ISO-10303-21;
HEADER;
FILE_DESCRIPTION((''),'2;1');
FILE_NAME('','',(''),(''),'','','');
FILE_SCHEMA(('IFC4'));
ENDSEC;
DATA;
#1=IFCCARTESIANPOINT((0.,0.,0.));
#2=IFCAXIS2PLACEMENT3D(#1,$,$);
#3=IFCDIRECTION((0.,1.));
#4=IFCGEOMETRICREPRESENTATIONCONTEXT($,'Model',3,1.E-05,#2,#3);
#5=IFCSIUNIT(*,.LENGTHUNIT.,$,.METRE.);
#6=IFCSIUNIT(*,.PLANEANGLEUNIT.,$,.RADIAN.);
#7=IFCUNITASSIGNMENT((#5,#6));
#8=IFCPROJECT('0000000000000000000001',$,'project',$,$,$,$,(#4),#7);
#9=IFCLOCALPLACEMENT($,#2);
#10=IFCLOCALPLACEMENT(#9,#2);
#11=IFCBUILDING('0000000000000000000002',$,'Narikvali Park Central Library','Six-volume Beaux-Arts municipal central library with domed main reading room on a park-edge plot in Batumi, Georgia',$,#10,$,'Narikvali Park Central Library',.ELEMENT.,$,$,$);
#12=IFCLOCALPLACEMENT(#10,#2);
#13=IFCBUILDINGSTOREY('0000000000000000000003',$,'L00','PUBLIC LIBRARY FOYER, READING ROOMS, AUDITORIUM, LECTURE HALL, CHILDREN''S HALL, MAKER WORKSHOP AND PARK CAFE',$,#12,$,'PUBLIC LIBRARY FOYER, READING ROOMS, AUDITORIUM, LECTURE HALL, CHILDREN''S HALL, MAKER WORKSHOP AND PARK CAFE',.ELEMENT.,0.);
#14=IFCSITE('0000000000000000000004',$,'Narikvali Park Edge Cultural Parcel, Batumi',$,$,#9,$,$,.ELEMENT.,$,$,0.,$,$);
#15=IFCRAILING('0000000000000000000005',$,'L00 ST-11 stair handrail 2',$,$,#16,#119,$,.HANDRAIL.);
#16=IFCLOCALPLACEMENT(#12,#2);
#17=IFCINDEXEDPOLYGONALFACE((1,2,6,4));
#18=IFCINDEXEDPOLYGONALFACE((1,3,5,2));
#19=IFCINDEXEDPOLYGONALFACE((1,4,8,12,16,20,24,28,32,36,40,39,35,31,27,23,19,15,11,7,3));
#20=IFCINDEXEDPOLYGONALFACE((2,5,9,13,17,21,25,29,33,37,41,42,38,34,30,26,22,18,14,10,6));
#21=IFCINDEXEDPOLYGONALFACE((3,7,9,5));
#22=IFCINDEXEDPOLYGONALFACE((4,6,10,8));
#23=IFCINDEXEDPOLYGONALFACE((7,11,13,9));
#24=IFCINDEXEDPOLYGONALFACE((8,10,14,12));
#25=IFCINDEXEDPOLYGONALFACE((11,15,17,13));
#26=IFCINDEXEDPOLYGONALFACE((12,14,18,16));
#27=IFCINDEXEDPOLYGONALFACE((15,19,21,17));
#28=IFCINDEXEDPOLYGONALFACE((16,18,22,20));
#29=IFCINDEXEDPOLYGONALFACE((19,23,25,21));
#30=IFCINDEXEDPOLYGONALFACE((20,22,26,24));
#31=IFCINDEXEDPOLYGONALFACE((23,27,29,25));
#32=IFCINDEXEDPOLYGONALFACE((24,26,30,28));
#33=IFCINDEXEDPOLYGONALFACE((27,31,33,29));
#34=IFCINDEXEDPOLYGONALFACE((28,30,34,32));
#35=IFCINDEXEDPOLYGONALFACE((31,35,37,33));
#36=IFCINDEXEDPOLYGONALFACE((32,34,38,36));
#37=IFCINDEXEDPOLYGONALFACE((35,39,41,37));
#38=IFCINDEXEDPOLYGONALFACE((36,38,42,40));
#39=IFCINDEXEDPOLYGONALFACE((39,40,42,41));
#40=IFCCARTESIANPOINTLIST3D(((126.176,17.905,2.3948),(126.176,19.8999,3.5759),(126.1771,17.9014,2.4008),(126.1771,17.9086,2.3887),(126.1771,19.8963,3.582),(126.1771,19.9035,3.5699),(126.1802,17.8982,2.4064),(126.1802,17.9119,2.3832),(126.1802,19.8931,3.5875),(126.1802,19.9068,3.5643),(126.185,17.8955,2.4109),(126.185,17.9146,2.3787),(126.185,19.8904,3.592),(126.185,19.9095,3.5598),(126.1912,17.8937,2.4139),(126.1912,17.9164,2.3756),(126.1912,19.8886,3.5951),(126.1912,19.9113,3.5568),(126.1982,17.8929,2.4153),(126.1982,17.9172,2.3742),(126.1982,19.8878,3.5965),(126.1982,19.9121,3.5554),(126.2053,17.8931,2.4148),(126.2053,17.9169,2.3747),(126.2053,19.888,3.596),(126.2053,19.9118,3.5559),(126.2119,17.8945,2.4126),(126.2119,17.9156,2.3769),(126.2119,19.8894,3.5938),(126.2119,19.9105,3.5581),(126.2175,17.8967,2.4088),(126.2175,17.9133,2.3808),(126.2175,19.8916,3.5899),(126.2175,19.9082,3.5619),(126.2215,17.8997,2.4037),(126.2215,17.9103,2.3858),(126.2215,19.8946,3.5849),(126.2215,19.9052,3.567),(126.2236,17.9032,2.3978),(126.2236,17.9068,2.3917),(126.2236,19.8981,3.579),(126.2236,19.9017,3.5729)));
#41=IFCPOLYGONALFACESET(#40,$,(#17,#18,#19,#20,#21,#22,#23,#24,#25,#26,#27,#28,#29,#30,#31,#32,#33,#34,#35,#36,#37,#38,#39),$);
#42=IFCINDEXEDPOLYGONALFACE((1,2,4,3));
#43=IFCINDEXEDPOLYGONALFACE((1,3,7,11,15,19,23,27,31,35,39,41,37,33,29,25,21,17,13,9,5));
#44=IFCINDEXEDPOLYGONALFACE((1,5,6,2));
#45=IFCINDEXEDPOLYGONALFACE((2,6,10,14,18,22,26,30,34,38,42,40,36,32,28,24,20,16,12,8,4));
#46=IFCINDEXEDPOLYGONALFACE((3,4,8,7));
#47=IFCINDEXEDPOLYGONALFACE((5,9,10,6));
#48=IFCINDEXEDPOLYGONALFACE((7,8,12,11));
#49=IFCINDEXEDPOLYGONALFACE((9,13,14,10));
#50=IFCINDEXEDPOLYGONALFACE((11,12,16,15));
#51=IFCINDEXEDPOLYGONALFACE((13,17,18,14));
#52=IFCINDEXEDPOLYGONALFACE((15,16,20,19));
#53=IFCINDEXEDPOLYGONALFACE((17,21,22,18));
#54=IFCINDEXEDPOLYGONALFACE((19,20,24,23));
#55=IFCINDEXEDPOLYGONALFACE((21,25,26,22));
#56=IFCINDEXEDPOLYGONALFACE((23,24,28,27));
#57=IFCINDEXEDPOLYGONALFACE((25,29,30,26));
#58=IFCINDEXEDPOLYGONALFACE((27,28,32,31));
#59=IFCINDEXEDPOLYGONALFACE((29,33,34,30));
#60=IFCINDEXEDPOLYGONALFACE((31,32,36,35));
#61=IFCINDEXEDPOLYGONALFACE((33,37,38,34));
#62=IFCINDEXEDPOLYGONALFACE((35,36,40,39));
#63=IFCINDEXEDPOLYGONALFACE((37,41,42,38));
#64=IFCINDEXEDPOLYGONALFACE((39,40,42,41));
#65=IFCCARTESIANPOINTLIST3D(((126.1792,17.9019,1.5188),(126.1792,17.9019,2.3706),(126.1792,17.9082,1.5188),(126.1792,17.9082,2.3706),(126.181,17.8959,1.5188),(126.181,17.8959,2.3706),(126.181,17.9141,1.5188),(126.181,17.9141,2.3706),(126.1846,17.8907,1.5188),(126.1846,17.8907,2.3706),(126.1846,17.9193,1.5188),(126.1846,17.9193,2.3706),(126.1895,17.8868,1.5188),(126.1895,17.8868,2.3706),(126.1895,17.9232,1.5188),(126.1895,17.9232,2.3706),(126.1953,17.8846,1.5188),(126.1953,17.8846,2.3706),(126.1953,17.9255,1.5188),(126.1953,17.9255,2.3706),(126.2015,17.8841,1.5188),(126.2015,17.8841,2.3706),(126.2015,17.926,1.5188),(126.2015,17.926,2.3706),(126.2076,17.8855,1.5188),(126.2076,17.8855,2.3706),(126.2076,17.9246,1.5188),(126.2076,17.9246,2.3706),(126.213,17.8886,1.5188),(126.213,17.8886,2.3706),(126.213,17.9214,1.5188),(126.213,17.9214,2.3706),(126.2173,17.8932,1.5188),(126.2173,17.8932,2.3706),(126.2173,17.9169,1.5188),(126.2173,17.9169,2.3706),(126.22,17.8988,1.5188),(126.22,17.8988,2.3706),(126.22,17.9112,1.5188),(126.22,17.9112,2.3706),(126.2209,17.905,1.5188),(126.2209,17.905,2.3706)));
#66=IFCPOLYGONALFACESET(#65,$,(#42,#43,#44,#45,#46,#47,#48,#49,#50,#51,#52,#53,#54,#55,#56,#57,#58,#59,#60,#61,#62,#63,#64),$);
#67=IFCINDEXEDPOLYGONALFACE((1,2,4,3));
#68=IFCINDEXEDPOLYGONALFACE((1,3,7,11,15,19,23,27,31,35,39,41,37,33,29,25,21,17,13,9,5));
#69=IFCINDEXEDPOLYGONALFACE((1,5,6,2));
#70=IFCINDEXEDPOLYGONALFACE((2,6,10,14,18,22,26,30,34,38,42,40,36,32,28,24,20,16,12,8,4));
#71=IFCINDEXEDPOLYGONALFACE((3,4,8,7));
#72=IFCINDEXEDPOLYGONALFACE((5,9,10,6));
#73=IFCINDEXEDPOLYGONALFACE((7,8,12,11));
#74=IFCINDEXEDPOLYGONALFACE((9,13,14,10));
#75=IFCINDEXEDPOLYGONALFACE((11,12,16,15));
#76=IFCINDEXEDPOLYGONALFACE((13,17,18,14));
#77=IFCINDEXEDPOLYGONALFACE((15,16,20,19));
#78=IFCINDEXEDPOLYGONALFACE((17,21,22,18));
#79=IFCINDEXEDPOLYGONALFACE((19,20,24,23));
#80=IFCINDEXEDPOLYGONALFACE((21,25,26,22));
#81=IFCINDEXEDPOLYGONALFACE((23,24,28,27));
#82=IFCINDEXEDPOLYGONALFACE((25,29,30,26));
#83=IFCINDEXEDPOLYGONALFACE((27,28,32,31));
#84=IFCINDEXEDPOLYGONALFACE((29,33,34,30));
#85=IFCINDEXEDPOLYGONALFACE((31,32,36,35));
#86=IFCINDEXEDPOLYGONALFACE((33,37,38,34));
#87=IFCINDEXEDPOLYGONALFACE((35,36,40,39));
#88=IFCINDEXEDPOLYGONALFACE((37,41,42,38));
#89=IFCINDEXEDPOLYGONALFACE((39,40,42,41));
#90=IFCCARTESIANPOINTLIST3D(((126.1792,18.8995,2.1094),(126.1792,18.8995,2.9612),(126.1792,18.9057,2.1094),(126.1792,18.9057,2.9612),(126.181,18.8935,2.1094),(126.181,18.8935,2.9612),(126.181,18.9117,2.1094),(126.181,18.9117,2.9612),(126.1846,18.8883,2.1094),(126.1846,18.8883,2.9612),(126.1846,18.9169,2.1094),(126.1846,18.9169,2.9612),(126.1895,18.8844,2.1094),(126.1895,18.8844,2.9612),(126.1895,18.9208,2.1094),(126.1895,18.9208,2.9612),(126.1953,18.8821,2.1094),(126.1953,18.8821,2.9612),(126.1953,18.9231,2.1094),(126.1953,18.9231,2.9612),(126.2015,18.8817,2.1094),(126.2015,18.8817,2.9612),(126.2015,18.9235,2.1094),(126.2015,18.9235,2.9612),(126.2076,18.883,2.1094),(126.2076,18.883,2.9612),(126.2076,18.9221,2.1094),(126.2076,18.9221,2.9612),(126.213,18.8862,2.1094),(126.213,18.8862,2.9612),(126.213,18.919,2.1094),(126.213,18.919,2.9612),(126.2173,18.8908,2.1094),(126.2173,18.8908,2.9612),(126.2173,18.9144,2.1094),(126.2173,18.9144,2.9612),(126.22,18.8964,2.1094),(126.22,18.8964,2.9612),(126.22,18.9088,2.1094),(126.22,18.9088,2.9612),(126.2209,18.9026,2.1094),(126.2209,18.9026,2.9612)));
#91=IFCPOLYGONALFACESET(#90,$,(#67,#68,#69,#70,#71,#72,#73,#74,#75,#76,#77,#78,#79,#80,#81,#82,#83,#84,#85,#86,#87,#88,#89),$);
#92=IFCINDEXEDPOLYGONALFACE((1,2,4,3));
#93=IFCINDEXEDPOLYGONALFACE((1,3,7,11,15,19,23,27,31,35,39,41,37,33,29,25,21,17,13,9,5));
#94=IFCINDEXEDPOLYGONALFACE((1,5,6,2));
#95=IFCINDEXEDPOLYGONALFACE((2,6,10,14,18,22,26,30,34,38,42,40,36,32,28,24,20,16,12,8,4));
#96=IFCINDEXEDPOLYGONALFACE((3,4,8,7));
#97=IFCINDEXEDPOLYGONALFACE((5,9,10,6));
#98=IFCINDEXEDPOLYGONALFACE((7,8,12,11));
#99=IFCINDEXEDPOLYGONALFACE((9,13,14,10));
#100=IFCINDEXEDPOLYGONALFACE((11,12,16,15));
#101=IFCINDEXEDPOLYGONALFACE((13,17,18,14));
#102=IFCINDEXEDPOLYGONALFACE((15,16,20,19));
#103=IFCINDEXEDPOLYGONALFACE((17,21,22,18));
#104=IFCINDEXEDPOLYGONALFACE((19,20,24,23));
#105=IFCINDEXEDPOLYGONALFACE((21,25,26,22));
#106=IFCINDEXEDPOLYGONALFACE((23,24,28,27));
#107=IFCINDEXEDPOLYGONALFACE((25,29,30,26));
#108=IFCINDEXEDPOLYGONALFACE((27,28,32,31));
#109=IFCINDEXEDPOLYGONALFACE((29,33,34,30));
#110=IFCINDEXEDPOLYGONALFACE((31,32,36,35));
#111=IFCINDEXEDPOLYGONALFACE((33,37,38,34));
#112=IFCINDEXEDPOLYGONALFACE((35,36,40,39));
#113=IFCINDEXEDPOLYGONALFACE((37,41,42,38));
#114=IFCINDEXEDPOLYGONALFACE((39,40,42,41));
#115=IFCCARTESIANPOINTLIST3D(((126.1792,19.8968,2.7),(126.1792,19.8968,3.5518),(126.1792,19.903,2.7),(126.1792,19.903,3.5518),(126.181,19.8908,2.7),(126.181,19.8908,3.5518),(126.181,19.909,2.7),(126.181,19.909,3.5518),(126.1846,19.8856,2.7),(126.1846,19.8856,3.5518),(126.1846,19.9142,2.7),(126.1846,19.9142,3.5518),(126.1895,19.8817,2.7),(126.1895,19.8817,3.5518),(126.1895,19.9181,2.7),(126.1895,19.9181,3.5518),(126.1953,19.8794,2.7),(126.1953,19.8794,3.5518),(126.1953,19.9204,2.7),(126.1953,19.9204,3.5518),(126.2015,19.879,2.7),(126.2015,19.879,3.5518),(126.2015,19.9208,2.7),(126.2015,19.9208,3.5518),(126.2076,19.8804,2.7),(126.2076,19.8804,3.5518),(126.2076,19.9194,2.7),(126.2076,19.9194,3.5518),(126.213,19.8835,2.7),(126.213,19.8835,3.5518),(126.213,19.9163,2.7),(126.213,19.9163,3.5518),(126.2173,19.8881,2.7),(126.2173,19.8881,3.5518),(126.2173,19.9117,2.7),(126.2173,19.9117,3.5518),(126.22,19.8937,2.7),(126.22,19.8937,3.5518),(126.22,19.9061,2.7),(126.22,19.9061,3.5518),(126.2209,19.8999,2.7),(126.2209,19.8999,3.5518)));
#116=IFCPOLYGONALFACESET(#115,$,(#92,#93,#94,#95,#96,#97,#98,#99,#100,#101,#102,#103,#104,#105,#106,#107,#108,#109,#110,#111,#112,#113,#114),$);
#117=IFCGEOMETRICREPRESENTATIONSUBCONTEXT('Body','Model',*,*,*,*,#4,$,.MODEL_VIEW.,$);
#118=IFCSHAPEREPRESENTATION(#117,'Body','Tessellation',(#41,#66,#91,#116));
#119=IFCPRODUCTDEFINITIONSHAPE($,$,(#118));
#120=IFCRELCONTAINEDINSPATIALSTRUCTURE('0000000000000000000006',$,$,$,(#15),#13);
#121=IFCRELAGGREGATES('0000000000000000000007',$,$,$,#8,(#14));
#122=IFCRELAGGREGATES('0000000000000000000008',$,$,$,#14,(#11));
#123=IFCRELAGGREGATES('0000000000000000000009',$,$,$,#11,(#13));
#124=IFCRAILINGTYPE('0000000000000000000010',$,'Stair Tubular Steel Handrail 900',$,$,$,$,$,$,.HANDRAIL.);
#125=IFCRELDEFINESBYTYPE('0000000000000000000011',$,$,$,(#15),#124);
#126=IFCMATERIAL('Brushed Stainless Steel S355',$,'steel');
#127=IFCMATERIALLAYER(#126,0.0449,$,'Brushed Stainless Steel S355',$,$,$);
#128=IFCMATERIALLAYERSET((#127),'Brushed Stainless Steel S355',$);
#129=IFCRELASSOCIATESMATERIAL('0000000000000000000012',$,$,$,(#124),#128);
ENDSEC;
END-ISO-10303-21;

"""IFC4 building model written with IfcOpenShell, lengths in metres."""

from ifc_helpers import new_model, si_unit, direction, frame, origin, origin_2d, place, context, subcontext, project, spatial, circle, extrude, material, layer, layer_set, type_object, element, save


model = new_model("IFC4")

# Units and contexts
model_context = context("Model", 3, precision=1e-05, world=origin(), true_north=direction((0.0, 1.0)))
body_context = subcontext(model_context, "Body", "Model", "MODEL_VIEW")
ifc_project = project(units=[si_unit("LENGTHUNIT", "METRE"), si_unit("PLANEANGLEUNIT", "RADIAN")], contexts=[model_context])

# Site, building, storey
site_placement = place(None, origin())
site = spatial("IfcSite", under=ifc_project, at=site_placement, Name="Narikvali Park Edge Cultural Parcel, Batumi", CompositionType="ELEMENT", RefElevation=0.0)
building_placement = place(site_placement, origin())
building = spatial("IfcBuilding", under=site, at=building_placement, Name="Narikvali Park Central Library", Description="Six-volume Beaux-Arts municipal central library with domed main reading room on a park-edge plot in Batumi, Georgia", LongName="Narikvali Park Central Library", CompositionType="ELEMENT")
storey_placement = place(building_placement, origin())
storey = spatial("IfcBuildingStorey", under=building, at=storey_placement, Name="L00", Description="PUBLIC LIBRARY FOYER, READING ROOMS, AUDITORIUM, LECTURE HALL, CHILDREN'S HALL, MAKER WORKSHOP AND PARK CAFE", LongName="PUBLIC LIBRARY FOYER, READING ROOMS, AUDITORIUM, LECTURE HALL, CHILDREN'S HALL, MAKER WORKSHOP AND PARK CAFE", CompositionType="ELEMENT", Elevation=0.0)

# Shared definitions
ifc_material_1 = material(Name="Brushed Stainless Steel S355", Category="steel")

# Railing
ifc_layer_1 = layer(ifc_material_1, 0.0449, Name="Brushed Stainless Steel S355")
ifc_layer_set_1 = layer_set([ifc_layer_1], Name="Brushed Stainless Steel S355")
railing_type_1 = type_object("IfcRailingType", Name="Stair Tubular Steel Handrail 900", PredefinedType="HANDRAIL", material=ifc_layer_set_1)
railing_1_placement = place(storey_placement, frame((126.2, 17.905, 1.5188)))
element("IfcRailing", 1, at=railing_1_placement, inside=storey, type_object=railing_type_1, Name="L00 ST-11 stair handrail 2", PredefinedType="HANDRAIL", context=body_context, shape_type="SweptSolid", body=[
    extrude(circle(Radius=0.0239, at=origin_2d()), frame((0.0, 0.0, 0.876), z_axis=(0.0, 0.86048, 0.509485), x_axis=(-1.0, 0.0, 0.0)), (0.0, 0.0, 1.0), 2.3184),
    extrude(circle(Radius=0.021, at=origin_2d()), origin(), (0.0, 0.0, 1.0), 0.8518),
    extrude(circle(Radius=0.021, at=origin_2d()), frame((0.0, 0.9976, 0.5906)), (0.0, 0.0, 1.0), 0.8518),
    extrude(circle(Radius=0.021, at=origin_2d()), frame((0.0, 1.9949, 1.1812)), (0.0, 0.0, 1.0), 0.8518),
])

save(model, "model.ifc")
